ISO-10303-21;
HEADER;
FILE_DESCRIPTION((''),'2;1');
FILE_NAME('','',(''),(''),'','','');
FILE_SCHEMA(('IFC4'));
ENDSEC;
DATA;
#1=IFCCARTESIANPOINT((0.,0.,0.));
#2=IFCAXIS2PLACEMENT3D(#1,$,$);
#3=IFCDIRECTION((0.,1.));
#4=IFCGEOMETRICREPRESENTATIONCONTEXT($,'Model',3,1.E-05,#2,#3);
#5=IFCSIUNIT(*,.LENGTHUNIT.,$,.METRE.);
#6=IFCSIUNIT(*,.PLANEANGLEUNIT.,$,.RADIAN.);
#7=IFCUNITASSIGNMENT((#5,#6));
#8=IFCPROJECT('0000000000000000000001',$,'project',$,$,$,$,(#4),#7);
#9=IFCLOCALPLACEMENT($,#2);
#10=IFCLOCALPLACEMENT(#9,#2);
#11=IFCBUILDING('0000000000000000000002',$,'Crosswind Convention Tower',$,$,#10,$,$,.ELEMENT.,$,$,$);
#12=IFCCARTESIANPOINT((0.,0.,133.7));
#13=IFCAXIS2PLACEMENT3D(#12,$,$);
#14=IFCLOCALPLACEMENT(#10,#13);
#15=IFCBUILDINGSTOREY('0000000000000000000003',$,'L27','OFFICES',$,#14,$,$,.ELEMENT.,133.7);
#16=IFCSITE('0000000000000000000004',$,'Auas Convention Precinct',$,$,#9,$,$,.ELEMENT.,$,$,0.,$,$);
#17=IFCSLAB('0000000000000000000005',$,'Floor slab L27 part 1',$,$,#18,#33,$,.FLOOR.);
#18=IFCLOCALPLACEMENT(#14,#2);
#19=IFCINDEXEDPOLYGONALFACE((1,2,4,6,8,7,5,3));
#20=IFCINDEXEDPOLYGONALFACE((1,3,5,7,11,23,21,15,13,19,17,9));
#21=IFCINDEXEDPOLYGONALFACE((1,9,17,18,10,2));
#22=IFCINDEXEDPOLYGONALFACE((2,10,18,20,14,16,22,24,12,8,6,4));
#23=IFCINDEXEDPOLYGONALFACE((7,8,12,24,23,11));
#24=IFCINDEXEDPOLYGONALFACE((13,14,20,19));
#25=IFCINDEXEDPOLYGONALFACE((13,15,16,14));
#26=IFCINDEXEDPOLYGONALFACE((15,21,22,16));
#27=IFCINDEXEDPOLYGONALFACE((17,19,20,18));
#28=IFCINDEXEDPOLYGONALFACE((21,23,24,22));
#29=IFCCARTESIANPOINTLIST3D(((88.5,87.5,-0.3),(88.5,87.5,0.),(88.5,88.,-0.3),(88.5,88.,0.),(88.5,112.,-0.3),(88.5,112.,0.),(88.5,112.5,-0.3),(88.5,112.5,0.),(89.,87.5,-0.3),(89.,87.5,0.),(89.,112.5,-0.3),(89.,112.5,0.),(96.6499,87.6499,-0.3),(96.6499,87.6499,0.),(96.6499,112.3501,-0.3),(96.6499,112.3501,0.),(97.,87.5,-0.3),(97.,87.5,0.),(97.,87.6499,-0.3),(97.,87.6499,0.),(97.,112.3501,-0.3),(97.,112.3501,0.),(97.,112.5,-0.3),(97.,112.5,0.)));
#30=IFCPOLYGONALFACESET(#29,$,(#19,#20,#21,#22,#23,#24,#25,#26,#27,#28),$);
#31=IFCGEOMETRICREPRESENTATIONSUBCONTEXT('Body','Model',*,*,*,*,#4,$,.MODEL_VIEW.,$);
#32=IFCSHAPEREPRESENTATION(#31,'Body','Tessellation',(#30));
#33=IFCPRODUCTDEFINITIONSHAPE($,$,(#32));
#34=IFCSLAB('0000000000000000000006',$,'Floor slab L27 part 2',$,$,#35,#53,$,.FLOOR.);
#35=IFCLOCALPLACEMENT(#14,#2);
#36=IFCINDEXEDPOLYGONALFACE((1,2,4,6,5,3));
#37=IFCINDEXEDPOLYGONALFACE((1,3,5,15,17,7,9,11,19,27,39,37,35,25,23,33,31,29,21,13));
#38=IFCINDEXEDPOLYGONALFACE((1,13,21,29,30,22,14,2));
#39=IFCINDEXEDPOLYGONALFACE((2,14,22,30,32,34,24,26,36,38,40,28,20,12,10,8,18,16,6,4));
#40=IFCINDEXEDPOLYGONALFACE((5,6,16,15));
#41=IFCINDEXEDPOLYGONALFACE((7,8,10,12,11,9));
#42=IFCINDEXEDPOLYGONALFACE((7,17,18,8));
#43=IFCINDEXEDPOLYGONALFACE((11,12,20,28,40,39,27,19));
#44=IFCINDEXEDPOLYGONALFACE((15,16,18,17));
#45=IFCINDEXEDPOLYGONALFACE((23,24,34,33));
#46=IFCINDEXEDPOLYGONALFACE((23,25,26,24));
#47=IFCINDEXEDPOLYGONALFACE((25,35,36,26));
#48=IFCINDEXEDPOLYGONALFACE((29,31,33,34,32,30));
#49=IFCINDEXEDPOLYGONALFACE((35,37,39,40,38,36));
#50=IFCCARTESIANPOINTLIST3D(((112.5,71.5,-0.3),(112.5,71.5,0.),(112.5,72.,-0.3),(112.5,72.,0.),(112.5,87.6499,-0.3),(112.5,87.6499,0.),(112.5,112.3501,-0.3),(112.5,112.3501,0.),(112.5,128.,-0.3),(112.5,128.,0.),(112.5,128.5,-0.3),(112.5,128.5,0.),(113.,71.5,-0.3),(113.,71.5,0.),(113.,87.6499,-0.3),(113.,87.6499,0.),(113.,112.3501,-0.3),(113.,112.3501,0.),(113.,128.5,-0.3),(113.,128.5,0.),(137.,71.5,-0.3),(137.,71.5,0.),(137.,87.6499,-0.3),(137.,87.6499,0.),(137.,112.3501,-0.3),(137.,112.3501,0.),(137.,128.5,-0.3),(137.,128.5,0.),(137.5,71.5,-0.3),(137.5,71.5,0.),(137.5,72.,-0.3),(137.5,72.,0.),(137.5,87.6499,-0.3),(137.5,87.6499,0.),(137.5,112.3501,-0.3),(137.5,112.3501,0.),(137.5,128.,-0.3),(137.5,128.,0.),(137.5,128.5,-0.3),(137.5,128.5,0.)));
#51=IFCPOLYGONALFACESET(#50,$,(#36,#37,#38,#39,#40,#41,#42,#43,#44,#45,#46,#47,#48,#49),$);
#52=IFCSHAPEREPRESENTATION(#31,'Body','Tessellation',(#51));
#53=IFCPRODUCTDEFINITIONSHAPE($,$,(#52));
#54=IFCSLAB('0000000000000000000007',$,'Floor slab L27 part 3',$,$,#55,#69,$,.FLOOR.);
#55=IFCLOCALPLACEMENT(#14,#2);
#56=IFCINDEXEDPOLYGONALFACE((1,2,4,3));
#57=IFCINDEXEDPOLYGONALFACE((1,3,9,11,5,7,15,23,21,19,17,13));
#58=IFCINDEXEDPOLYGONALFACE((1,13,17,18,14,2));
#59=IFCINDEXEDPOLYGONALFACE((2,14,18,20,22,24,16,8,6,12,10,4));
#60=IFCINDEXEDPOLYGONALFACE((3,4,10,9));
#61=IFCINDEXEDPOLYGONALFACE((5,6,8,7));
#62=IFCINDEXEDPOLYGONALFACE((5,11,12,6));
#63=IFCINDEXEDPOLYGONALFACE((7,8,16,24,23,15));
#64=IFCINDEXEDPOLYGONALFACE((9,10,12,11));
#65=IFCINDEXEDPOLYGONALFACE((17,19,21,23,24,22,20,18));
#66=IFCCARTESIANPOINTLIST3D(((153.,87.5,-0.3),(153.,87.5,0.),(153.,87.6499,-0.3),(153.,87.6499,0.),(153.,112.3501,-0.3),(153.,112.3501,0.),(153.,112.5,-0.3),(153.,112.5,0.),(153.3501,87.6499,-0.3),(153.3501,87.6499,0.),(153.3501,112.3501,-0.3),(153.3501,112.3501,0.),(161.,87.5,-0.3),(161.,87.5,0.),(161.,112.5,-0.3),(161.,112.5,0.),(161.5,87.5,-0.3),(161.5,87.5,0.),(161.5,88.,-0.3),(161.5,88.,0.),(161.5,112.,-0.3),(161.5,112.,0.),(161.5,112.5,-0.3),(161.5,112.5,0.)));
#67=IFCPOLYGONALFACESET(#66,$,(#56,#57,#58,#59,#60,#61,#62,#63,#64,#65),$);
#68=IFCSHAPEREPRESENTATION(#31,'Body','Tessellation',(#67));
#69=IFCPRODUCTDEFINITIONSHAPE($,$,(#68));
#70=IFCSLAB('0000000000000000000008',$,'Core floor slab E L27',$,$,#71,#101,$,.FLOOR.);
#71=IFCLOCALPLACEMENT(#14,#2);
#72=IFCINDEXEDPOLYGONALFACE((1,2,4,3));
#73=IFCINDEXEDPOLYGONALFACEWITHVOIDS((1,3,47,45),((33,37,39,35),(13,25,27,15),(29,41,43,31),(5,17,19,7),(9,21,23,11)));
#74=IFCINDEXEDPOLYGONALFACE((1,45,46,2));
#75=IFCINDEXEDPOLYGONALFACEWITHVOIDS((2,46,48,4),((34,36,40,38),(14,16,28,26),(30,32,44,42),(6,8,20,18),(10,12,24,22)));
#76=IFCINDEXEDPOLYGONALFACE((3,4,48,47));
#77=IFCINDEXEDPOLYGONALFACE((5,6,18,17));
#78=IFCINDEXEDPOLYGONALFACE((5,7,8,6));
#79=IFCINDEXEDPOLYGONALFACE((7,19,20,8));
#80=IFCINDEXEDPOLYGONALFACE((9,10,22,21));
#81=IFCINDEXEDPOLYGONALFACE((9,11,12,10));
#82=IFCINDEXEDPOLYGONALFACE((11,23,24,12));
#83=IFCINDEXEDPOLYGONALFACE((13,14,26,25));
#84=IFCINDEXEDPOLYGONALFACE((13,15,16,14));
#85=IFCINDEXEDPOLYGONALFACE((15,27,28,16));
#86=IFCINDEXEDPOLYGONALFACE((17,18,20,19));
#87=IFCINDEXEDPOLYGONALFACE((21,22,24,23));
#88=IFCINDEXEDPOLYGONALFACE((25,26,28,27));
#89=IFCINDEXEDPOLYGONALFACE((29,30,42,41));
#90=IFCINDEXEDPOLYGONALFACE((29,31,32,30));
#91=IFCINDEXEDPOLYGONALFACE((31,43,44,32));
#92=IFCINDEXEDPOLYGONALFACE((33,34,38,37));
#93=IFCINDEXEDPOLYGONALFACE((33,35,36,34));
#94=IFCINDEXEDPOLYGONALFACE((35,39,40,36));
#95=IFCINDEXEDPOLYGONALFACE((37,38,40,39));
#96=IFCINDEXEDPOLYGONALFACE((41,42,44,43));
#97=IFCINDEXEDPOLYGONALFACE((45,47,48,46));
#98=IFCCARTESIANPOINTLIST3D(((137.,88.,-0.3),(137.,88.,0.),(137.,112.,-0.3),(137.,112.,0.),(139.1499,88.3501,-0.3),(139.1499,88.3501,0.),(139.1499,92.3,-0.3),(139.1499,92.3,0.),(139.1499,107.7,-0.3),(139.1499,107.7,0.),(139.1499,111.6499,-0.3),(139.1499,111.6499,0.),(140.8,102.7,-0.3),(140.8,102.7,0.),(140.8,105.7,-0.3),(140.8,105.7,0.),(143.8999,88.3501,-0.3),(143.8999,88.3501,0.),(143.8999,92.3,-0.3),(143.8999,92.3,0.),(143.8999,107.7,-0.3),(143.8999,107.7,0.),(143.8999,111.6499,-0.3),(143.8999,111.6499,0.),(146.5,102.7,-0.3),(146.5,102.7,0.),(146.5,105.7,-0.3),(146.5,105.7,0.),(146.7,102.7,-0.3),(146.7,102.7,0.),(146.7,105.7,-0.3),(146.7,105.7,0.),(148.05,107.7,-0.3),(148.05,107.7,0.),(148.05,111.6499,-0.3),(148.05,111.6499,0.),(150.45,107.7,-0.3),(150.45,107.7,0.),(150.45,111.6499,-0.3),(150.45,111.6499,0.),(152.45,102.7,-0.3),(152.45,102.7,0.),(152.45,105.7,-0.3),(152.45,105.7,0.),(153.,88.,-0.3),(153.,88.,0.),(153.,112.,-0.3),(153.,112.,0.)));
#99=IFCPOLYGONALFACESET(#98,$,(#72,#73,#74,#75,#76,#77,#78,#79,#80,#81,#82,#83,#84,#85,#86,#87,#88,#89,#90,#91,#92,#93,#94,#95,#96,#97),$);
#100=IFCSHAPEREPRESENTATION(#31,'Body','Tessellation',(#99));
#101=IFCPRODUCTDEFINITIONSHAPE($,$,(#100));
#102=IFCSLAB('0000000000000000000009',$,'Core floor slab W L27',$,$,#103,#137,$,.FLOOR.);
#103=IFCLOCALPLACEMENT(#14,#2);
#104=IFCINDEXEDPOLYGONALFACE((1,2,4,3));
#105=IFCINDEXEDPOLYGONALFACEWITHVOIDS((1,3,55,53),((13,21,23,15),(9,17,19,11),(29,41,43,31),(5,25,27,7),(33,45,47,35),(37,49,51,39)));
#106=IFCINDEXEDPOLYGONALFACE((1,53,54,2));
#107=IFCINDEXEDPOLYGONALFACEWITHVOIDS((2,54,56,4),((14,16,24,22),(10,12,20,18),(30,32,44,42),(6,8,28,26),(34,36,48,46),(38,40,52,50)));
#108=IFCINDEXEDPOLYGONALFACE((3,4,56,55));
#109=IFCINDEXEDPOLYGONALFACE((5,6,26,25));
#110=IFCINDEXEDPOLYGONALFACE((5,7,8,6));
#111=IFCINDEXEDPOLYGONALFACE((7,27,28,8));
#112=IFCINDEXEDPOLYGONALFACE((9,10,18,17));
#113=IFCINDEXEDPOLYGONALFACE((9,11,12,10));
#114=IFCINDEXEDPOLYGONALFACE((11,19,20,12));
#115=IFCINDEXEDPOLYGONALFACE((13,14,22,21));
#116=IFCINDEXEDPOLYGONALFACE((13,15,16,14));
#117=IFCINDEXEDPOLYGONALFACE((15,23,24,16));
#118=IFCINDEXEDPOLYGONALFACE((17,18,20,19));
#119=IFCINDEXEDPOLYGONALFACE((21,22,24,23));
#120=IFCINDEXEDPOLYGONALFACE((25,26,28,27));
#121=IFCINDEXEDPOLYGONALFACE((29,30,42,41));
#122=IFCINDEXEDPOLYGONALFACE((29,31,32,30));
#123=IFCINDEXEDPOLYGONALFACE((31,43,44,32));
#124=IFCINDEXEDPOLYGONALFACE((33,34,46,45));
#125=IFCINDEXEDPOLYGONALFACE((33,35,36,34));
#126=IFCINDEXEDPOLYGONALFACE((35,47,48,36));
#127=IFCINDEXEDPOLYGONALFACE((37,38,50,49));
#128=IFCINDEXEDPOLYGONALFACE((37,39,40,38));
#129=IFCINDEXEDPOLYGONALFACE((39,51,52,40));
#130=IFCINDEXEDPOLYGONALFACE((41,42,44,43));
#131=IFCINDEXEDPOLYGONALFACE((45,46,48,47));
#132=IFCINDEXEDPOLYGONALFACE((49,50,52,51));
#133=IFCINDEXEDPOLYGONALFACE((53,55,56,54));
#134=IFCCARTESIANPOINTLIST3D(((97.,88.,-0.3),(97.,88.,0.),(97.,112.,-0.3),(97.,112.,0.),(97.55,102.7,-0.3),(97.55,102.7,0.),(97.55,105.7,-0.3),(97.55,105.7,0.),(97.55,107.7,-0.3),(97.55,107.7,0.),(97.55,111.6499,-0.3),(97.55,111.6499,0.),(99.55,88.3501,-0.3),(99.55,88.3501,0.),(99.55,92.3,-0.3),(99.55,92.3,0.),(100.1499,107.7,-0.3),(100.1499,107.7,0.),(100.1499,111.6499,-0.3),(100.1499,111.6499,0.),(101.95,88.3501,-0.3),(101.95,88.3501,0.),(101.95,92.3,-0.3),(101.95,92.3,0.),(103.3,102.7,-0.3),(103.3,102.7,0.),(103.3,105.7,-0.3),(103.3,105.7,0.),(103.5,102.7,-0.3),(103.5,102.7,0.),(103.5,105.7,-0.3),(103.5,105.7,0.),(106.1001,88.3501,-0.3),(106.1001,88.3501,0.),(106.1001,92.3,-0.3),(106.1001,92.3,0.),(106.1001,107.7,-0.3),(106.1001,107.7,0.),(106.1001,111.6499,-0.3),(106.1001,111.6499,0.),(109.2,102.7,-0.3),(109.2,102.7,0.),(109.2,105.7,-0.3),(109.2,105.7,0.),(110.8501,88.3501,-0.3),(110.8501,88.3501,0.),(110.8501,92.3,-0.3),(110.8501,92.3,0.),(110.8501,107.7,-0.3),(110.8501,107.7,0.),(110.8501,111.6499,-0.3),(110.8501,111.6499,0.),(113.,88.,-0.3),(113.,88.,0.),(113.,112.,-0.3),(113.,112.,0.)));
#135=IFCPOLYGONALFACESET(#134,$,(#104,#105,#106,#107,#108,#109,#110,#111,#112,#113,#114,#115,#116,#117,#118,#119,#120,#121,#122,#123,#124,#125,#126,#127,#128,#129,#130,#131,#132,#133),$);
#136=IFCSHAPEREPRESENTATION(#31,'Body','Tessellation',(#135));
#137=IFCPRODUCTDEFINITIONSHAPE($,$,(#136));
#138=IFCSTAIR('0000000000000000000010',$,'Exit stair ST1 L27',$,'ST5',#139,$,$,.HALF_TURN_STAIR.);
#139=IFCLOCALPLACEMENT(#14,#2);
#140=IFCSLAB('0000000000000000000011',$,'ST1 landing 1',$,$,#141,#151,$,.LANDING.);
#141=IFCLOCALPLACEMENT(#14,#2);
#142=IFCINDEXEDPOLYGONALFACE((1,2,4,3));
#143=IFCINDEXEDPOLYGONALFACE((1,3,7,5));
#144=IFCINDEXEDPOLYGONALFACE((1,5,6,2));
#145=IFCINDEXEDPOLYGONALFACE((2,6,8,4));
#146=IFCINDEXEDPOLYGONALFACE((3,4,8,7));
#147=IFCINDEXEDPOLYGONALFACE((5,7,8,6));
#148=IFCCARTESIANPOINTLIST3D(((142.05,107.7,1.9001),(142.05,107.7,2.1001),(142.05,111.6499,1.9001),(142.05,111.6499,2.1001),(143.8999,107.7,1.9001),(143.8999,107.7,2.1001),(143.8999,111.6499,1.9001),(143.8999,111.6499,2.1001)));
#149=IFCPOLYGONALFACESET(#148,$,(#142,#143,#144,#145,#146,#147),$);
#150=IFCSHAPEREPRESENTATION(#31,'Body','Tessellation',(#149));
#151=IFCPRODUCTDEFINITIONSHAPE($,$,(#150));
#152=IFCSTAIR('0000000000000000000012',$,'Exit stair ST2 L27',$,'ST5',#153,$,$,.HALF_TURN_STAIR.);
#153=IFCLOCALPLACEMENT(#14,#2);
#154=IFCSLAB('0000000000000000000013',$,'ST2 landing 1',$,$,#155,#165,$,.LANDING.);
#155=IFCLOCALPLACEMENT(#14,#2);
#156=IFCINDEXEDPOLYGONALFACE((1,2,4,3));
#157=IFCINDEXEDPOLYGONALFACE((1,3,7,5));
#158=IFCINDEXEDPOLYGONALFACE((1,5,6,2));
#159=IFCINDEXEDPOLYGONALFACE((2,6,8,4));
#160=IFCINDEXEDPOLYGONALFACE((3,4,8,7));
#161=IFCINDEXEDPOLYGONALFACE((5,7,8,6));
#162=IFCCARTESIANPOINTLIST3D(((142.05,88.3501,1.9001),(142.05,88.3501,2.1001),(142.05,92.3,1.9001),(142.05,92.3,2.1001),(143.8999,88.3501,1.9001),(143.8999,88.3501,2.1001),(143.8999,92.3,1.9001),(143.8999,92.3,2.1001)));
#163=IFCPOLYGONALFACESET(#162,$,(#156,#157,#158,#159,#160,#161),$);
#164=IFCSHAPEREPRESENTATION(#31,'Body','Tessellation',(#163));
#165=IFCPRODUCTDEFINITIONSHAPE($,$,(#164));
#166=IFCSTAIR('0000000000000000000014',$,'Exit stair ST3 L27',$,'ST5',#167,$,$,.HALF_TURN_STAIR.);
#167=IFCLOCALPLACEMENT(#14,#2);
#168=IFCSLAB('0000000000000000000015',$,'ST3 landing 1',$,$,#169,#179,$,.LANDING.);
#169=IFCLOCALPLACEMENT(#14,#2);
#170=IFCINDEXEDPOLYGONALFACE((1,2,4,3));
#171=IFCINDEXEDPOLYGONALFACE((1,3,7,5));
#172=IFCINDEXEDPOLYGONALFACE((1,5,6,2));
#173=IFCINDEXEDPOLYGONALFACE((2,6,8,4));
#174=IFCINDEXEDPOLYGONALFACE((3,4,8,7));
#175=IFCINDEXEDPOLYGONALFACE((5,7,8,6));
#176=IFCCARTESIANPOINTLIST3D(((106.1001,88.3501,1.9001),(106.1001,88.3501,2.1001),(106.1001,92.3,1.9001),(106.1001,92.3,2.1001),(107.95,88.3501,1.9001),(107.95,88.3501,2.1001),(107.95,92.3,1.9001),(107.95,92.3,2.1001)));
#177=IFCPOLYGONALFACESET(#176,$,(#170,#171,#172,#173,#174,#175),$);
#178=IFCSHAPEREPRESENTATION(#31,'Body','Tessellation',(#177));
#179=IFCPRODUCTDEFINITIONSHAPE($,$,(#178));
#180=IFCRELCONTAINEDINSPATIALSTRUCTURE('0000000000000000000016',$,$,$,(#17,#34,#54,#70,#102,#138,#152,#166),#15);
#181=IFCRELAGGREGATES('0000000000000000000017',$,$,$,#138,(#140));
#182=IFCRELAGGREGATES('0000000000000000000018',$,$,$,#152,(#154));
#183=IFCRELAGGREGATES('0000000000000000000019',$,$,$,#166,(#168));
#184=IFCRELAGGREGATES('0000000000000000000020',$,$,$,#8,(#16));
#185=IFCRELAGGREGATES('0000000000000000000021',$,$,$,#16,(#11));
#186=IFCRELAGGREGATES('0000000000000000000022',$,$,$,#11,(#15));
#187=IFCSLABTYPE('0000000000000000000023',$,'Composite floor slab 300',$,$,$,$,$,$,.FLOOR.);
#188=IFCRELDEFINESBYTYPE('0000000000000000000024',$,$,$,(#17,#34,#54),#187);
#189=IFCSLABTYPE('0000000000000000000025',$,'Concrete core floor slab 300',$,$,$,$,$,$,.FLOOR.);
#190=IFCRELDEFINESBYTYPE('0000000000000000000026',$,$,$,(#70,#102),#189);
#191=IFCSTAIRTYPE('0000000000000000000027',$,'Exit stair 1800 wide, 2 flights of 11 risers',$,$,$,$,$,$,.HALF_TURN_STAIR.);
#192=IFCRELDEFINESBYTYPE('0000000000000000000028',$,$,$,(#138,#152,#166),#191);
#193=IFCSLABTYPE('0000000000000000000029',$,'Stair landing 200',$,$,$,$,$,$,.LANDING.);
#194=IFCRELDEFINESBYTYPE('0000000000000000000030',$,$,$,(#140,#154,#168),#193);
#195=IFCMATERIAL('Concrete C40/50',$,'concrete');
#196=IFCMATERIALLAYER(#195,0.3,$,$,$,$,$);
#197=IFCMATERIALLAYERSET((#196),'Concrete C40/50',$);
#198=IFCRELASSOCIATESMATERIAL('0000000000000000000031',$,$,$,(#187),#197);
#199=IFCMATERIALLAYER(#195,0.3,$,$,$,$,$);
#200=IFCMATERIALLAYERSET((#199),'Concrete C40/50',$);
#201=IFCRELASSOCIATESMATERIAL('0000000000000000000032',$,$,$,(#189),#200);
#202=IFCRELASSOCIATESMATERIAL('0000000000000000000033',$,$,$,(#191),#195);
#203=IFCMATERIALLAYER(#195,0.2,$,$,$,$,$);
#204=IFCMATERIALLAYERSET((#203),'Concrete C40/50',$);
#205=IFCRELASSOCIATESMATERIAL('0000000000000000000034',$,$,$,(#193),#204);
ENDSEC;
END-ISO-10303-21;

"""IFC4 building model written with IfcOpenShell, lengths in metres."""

from ifc_helpers import new_model, si_unit, direction, frame, origin, place, context, subcontext, project, spatial, polyline, outline, extrude, material, layer, layer_set, type_object, element, aggregate, save


model = new_model("IFC4")

# Units and contexts
model_context = context("Model", 3, precision=1e-05, world=origin(), true_north=direction((0.0, 1.0)))
body_context = subcontext(model_context, "Body", "Model", "MODEL_VIEW")
ifc_project = project(units=[si_unit("LENGTHUNIT", "METRE"), si_unit("PLANEANGLEUNIT", "RADIAN")], contexts=[model_context])

# Site, building, storey
site_placement = place(None, origin())
site = spatial("IfcSite", under=ifc_project, at=site_placement, Name="Auas Convention Precinct", CompositionType="ELEMENT", RefElevation=0.0)
building_placement = place(site_placement, origin())
building = spatial("IfcBuilding", under=site, at=building_placement, Name="Crosswind Convention Tower", CompositionType="ELEMENT")
storey_placement = place(building_placement, frame((0.0, 0.0, 133.7)))
storey = spatial("IfcBuildingStorey", under=building, at=storey_placement, Name="L27", Description="OFFICES", CompositionType="ELEMENT", Elevation=133.7)

# Slabs
ifc_material_1 = material(Name="Concrete C40/50", Category="concrete")
ifc_layer_1 = layer(ifc_material_1, 0.3)
ifc_layer_set_1 = layer_set([ifc_layer_1], Name="Concrete C40/50")
slab_type_1 = type_object("IfcSlabType", Name="Composite floor slab 300", PredefinedType="FLOOR", material=ifc_layer_set_1)
slab_1_placement = place(storey_placement, frame((0.0, 0.0, -0.3)))
element("IfcSlab", 1, at=slab_1_placement, inside=storey, type_object=slab_type_1, Name="Floor slab L27 part 1", PredefinedType="FLOOR", context=body_context, shape_type="SweptSolid", body=[
    extrude(outline(polyline([(97.0, 87.5), (89.0, 87.5), (88.5, 87.5), (88.5, 88.0), (88.5, 112.0), (88.5, 112.5), (89.0, 112.5), (97.0, 112.5), (97.0, 112.3501), (96.6499, 112.3501), (96.6499, 87.6499), (97.0, 87.6499), (97.0, 87.5)])), origin(), (0.0, 0.0, 1.0), 0.3),
])
slab_2_placement = place(storey_placement, frame((0.0, 0.0, -0.3)))
element("IfcSlab", 2, at=slab_2_placement, inside=storey, type_object=slab_type_1, Name="Floor slab L27 part 2", PredefinedType="FLOOR", context=body_context, shape_type="SweptSolid", body=[
    extrude(outline(polyline([(112.5, 87.6499), (113.0, 87.6499), (113.0, 112.3501), (112.5, 112.3501), (112.5, 128.0), (112.5, 128.5), (113.0, 128.5), (137.0, 128.5), (137.5, 128.5), (137.5, 128.0), (137.5, 112.3501), (137.0, 112.3501), (137.0, 87.6499), (137.5, 87.6499), (137.5, 72.0), (137.5, 71.5), (137.0, 71.5), (113.0, 71.5), (112.5, 71.5), (112.5, 72.0), (112.5, 87.6499)])), origin(), (0.0, 0.0, 1.0), 0.3),
])
slab_3_placement = place(storey_placement, frame((0.0, 0.0, -0.3)))
element("IfcSlab", 3, at=slab_3_placement, inside=storey, type_object=slab_type_1, Name="Floor slab L27 part 3", PredefinedType="FLOOR", context=body_context, shape_type="SweptSolid", body=[
    extrude(outline(polyline([(153.0, 112.5), (161.0, 112.5), (161.5, 112.5), (161.5, 112.0), (161.5, 88.0), (161.5, 87.5), (161.0, 87.5), (153.0, 87.5), (153.0, 87.6499), (153.3501, 87.6499), (153.3501, 112.3501), (153.0, 112.3501), (153.0, 112.5)])), origin(), (0.0, 0.0, 1.0), 0.3),
])
ifc_layer_2 = layer(ifc_material_1, 0.3)
ifc_layer_set_2 = layer_set([ifc_layer_2], Name="Concrete C40/50")
slab_type_2 = type_object("IfcSlabType", Name="Concrete core floor slab 300", PredefinedType="FLOOR", material=ifc_layer_set_2)
slab_4_placement = place(storey_placement, frame((0.0, 0.0, -0.3)))
element("IfcSlab", 4, at=slab_4_placement, inside=storey, type_object=slab_type_2, Name="Core floor slab E L27", PredefinedType="FLOOR", context=body_context, shape_type="SweptSolid", body=[
    extrude(outline(polyline([(137.0, 88.0), (153.0, 88.0), (153.0, 112.0), (137.0, 112.0), (137.0, 88.0)]), holes=[polyline([(146.5, 102.7), (146.5, 105.7), (140.8, 105.7), (140.8, 102.7), (146.5, 102.7)]), polyline([(152.45, 102.7), (152.45, 105.7), (146.7, 105.7), (146.7, 102.7), (152.45, 102.7)]), polyline([(150.45, 107.7), (150.45, 111.6499), (148.05, 111.6499), (148.05, 107.7), (150.45, 107.7)]), polyline([(143.8999, 107.7), (143.8999, 111.6499), (139.1499, 111.6499), (139.1499, 107.7), (143.8999, 107.7)]), polyline([(143.8999, 88.3501), (143.8999, 92.3), (139.1499, 92.3), (139.1499, 88.3501), (143.8999, 88.3501)])]), origin(), (0.0, 0.0, 1.0), 0.3),
])
slab_5_placement = place(storey_placement, frame((0.0, 0.0, -0.3)))
element("IfcSlab", 5, at=slab_5_placement, inside=storey, type_object=slab_type_2, Name="Core floor slab W L27", PredefinedType="FLOOR", context=body_context, shape_type="SweptSolid", body=[
    extrude(outline(polyline([(97.0, 88.0), (113.0, 88.0), (113.0, 112.0), (97.0, 112.0), (97.0, 88.0)]), holes=[polyline([(109.2, 102.7), (109.2, 105.7), (103.5, 105.7), (103.5, 102.7), (109.2, 102.7)]), polyline([(103.3, 102.7), (103.3, 105.7), (97.55, 105.7), (97.55, 102.7), (103.3, 102.7)]), polyline([(101.95, 88.3501), (101.95, 92.3), (99.55, 92.3), (99.55, 88.3501), (101.95, 88.3501)]), polyline([(100.1499, 107.7), (100.1499, 111.6499), (97.55, 111.6499), (97.55, 107.7), (100.1499, 107.7)]), polyline([(110.8501, 88.3501), (110.8501, 92.3), (106.1001, 92.3), (106.1001, 88.3501), (110.8501, 88.3501)]), polyline([(110.8501, 107.7), (110.8501, 111.6499), (106.1001, 111.6499), (106.1001, 107.7), (110.8501, 107.7)])]), origin(), (0.0, 0.0, 1.0), 0.3),
])

# Stairs, slabs
stair_type = type_object("IfcStairType", Name="Exit stair 1800 wide, 2 flights of 11 risers", PredefinedType="HALF_TURN_STAIR", material=ifc_material_1)
stair_1_placement = place(storey_placement, origin())
stair_1 = element("IfcStair", 6, at=stair_1_placement, inside=storey, type_object=stair_type, Name="Exit stair ST1 L27", ObjectType="ST5", PredefinedType="HALF_TURN_STAIR")
ifc_layer_3 = layer(ifc_material_1, 0.2)
ifc_layer_set_3 = layer_set([ifc_layer_3], Name="Concrete C40/50")
slab_type_3 = type_object("IfcSlabType", Name="Stair landing 200", PredefinedType="LANDING", material=ifc_layer_set_3)
slab_6_placement = place(storey_placement, frame((0.0, 0.0, 1.9001)))
slab_6 = element("IfcSlab", 7, at=slab_6_placement, type_object=slab_type_3, Name="ST1 landing 1", PredefinedType="LANDING", context=body_context, shape_type="SweptSolid", body=[
    extrude(outline(polyline([(143.8999, 107.7), (143.8999, 111.6499), (142.05, 111.6499), (142.05, 107.7), (143.8999, 107.7)])), origin(), (0.0, 0.0, 1.0), 0.2),
])
aggregate(stair_1, [slab_6])
stair_2_placement = place(storey_placement, origin())
stair_2 = element("IfcStair", 8, at=stair_2_placement, inside=storey, type_object=stair_type, Name="Exit stair ST2 L27", ObjectType="ST5", PredefinedType="HALF_TURN_STAIR")
slab_7_placement = place(storey_placement, frame((0.0, 0.0, 1.9001)))
slab_7 = element("IfcSlab", 9, at=slab_7_placement, type_object=slab_type_3, Name="ST2 landing 1", PredefinedType="LANDING", context=body_context, shape_type="SweptSolid", body=[
    extrude(outline(polyline([(143.8999, 88.3501), (143.8999, 92.3), (142.05, 92.3), (142.05, 88.3501), (143.8999, 88.3501)])), origin(), (0.0, 0.0, 1.0), 0.2),
])
aggregate(stair_2, [slab_7])
stair_3_placement = place(storey_placement, origin())
stair_3 = element("IfcStair", 10, at=stair_3_placement, inside=storey, type_object=stair_type, Name="Exit stair ST3 L27", ObjectType="ST5", PredefinedType="HALF_TURN_STAIR")
slab_8_placement = place(storey_placement, frame((0.0, 0.0, 1.9001)))
slab_8 = element("IfcSlab", 11, at=slab_8_placement, type_object=slab_type_3, Name="ST3 landing 1", PredefinedType="LANDING", context=body_context, shape_type="SweptSolid", body=[
    extrude(outline(polyline([(107.95, 88.3501), (107.95, 92.3), (106.1001, 92.3), (106.1001, 88.3501), (107.95, 88.3501)])), origin(), (0.0, 0.0, 1.0), 0.2),
])
aggregate(stair_3, [slab_8])

save(model, "model.ifc")
